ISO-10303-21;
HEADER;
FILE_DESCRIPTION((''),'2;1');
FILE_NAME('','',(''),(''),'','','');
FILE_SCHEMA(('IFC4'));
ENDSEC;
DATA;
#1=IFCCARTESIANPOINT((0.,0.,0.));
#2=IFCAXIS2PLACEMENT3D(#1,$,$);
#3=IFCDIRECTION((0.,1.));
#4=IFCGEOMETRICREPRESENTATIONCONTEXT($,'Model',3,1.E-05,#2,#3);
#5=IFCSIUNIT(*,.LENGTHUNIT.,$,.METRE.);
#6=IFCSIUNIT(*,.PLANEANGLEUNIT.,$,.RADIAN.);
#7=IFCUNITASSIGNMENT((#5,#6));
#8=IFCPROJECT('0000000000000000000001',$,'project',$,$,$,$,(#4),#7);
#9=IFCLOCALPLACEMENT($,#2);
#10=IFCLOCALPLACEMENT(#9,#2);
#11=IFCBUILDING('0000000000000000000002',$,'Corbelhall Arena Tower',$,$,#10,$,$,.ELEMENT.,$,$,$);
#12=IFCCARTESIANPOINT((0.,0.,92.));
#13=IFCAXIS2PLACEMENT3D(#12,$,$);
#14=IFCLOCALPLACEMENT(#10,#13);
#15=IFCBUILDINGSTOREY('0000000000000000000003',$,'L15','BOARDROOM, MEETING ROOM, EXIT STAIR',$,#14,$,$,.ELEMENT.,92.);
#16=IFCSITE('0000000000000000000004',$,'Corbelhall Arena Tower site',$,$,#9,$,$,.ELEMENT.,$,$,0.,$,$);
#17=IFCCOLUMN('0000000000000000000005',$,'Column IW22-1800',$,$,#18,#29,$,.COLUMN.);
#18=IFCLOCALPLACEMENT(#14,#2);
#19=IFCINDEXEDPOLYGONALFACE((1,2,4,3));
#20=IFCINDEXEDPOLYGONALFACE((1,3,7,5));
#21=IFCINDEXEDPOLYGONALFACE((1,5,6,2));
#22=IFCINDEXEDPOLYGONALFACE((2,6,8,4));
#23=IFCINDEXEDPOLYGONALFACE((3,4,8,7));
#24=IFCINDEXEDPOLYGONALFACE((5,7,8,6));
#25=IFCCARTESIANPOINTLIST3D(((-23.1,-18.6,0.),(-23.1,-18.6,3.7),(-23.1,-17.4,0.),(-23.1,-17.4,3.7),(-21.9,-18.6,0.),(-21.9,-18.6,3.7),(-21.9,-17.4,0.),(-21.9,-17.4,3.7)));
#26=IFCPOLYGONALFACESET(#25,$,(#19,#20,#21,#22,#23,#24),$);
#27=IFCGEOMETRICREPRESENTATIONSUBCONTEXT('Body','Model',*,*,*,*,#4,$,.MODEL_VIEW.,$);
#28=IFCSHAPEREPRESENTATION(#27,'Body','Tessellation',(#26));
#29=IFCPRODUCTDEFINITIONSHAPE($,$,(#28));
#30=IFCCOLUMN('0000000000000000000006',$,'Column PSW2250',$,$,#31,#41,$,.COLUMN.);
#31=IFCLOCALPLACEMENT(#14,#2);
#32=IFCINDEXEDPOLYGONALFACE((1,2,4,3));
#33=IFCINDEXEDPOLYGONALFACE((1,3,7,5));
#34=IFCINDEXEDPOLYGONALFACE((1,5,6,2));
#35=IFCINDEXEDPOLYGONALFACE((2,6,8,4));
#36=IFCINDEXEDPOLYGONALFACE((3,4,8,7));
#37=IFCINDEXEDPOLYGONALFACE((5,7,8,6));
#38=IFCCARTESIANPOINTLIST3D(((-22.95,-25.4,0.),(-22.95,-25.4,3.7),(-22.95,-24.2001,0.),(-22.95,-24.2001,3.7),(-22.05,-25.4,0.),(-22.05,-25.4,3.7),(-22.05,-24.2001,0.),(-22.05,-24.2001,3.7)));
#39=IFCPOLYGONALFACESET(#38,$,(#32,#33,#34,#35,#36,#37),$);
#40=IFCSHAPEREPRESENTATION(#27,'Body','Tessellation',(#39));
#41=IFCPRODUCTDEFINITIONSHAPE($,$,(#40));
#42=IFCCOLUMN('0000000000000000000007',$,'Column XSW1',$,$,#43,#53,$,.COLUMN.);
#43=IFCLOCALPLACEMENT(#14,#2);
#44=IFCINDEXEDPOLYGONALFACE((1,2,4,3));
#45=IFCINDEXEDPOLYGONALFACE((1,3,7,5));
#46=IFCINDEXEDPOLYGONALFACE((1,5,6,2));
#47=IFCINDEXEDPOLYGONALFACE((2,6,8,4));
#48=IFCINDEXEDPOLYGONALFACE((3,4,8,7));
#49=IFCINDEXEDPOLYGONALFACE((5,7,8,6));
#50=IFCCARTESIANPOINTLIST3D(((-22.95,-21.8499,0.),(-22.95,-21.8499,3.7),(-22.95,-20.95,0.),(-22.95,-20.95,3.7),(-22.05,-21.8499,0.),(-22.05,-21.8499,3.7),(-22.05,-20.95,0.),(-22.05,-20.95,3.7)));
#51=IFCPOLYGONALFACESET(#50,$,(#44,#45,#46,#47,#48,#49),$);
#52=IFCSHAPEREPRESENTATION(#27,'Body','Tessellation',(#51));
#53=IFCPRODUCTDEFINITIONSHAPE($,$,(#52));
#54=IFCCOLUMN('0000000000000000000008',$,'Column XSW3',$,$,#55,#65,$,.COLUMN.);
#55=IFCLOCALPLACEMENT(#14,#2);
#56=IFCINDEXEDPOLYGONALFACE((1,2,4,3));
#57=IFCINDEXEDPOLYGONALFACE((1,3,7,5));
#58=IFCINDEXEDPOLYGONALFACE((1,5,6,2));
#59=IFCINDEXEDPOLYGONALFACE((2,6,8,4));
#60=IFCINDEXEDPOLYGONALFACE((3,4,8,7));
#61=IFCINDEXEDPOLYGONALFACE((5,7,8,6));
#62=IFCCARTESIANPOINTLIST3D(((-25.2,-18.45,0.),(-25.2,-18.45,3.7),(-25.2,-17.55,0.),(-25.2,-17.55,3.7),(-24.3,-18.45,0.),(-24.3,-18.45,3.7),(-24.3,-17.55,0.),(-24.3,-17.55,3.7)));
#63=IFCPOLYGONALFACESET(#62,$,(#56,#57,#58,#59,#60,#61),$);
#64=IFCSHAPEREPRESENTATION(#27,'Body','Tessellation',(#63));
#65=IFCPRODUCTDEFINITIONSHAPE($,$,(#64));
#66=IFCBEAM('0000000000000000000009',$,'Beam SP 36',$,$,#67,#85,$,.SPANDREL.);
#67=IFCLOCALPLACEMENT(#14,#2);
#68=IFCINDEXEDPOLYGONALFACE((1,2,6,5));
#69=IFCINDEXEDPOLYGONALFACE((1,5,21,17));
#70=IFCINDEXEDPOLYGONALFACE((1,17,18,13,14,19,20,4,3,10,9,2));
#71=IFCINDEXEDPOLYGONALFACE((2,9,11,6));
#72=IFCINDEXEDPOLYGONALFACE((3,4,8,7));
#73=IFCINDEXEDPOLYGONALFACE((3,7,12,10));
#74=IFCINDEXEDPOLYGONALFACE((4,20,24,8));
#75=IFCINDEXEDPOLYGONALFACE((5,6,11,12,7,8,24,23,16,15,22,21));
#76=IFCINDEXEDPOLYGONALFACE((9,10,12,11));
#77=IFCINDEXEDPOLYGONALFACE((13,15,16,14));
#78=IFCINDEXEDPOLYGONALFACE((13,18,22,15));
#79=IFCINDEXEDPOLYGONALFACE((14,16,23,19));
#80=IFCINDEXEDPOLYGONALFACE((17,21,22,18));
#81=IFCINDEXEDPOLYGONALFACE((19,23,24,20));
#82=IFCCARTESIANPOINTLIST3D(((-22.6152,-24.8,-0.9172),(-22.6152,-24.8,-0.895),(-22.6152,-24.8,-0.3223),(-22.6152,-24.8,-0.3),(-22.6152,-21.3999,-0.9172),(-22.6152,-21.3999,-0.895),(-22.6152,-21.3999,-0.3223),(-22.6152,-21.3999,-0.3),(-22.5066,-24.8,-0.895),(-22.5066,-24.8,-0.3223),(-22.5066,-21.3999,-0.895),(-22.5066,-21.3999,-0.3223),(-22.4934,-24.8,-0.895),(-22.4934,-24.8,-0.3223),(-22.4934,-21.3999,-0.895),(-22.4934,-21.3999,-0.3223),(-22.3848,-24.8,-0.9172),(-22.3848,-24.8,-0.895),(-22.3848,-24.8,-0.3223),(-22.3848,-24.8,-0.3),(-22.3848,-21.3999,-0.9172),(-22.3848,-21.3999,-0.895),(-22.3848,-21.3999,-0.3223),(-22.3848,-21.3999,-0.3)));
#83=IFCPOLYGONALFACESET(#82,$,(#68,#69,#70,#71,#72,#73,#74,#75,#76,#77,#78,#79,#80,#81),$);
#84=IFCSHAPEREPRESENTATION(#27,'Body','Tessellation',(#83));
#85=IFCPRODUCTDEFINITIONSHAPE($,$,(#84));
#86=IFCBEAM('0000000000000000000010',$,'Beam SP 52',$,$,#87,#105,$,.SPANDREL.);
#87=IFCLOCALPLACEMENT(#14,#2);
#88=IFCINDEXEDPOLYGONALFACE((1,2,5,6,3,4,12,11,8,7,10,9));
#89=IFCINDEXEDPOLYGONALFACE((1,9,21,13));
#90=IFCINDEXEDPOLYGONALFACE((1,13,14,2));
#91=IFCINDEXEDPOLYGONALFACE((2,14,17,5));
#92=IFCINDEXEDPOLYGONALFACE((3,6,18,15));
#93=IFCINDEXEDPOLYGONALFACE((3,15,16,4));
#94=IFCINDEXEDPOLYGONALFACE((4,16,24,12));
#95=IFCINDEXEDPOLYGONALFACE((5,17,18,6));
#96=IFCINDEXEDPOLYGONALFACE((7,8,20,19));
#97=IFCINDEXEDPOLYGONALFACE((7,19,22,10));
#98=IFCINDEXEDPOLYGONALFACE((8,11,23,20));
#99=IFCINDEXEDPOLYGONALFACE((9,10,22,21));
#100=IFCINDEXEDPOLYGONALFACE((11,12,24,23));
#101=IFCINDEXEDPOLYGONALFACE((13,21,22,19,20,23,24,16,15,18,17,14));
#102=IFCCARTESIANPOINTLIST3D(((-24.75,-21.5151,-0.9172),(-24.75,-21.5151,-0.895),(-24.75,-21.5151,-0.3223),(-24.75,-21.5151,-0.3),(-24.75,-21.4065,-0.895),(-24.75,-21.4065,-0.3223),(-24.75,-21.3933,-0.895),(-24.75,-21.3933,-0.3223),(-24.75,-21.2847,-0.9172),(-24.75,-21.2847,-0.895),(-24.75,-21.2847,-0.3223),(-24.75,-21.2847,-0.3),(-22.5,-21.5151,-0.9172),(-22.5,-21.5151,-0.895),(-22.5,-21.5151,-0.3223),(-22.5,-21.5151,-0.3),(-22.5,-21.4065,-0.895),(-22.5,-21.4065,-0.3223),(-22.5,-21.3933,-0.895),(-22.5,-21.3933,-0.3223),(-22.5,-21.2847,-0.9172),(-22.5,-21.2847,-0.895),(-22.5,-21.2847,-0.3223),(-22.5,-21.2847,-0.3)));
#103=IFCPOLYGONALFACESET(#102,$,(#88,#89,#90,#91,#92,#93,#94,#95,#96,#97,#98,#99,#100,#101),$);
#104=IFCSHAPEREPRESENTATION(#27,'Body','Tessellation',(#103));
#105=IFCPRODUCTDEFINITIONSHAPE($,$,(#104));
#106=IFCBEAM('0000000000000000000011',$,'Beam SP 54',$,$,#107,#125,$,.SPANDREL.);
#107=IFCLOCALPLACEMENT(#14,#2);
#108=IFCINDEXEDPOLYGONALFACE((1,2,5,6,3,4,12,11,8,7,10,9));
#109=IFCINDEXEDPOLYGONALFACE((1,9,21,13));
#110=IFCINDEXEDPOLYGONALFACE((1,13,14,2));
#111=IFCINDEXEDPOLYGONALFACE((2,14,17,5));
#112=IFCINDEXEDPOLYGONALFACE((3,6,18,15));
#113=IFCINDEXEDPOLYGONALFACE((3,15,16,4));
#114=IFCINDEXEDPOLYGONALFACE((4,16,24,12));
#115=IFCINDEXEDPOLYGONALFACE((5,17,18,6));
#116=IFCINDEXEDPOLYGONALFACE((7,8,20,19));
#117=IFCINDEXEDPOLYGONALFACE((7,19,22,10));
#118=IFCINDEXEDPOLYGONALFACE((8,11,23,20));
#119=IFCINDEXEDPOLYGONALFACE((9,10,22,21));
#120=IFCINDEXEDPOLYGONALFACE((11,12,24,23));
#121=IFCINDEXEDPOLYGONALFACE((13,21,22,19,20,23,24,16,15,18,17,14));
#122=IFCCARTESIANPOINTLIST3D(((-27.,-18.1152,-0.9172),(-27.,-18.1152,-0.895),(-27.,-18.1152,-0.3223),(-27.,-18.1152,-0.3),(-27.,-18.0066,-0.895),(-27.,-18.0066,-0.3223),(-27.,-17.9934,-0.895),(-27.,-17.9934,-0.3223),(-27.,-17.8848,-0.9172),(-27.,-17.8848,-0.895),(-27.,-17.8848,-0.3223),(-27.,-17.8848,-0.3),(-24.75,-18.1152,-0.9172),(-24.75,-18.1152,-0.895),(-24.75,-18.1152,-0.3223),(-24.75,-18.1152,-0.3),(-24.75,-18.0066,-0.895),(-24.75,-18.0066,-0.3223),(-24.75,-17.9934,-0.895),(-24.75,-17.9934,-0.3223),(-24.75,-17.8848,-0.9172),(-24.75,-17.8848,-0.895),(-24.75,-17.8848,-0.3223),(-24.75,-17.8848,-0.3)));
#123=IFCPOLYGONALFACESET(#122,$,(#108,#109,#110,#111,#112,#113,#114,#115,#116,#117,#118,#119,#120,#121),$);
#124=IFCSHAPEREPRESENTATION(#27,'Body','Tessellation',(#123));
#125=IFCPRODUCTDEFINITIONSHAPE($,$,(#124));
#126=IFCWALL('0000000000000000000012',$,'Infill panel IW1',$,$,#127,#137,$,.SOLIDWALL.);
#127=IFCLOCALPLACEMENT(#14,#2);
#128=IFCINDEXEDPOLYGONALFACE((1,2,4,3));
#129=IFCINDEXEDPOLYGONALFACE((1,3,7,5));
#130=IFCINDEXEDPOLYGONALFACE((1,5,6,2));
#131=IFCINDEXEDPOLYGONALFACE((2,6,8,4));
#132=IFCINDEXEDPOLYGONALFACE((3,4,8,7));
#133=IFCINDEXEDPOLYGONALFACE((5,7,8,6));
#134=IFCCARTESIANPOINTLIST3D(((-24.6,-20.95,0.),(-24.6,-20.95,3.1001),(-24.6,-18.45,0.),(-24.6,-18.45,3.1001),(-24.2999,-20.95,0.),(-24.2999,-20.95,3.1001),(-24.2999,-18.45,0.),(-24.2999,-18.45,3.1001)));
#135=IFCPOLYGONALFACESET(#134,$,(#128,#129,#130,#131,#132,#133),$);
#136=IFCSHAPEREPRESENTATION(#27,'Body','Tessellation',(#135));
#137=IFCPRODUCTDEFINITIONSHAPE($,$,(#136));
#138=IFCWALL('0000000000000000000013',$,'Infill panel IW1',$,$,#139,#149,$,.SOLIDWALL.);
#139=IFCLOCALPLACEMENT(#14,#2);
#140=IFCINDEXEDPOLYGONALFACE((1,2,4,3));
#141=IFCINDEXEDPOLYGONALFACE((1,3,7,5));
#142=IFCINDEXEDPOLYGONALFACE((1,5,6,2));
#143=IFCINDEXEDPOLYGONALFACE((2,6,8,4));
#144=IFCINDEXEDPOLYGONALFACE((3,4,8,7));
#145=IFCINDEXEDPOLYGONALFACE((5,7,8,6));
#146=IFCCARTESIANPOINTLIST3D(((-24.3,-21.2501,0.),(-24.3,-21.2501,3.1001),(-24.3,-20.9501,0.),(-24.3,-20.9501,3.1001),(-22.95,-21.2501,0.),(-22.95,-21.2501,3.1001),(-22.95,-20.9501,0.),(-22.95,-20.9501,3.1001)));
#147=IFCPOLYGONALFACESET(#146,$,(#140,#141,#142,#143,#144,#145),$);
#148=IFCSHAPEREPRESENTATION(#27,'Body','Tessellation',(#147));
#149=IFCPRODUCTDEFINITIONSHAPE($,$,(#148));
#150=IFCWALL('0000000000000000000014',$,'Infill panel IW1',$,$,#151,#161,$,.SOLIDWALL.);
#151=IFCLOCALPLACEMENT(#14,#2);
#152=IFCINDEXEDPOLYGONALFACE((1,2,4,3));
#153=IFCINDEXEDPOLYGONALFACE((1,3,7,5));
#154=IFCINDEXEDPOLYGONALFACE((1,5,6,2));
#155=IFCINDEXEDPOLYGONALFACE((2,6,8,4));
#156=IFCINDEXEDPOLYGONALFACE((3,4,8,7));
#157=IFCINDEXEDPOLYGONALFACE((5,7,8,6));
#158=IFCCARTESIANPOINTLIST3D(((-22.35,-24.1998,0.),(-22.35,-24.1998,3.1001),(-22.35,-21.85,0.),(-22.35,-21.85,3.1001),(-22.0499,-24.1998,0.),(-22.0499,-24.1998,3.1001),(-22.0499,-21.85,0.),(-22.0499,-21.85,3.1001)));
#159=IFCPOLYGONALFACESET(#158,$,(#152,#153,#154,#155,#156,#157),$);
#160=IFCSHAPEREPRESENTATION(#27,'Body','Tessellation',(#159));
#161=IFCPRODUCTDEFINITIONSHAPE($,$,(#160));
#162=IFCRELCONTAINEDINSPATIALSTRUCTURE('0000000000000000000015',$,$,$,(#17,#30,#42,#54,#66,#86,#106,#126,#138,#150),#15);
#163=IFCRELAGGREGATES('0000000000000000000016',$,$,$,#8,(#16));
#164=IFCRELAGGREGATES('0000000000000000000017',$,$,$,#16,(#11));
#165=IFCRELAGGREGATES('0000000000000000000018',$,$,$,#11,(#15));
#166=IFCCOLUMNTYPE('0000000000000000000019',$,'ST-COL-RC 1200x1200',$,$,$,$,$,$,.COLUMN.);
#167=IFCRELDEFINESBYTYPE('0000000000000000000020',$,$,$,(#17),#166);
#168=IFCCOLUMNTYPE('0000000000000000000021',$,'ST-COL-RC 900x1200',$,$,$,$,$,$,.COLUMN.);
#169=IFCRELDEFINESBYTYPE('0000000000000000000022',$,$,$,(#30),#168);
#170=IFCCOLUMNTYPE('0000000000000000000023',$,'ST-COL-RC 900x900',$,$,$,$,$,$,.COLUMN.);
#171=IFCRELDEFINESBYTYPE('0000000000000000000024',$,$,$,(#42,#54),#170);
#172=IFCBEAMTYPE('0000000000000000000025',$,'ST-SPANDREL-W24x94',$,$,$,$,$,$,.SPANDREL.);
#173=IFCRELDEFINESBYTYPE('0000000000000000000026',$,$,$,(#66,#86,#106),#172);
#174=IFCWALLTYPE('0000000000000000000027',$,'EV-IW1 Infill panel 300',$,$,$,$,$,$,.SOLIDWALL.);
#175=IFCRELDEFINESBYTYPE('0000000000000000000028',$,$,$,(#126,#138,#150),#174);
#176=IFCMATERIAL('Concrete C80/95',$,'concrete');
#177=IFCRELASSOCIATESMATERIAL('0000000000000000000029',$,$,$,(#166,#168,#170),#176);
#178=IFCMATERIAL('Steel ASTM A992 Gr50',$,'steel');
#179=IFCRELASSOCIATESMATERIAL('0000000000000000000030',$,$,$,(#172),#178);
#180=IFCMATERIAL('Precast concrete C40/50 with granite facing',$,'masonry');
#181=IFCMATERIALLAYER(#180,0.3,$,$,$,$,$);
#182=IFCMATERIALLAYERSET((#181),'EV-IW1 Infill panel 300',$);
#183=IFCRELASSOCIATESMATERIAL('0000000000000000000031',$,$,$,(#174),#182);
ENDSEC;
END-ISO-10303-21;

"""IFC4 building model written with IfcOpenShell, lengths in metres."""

from ifc_helpers import new_model, si_unit, direction, frame, frame_2d, origin, origin_2d, place, context, subcontext, project, spatial, rectangle, i_section, extrude, material, layer, layer_set, material_profile, profile_set, type_object, element, save


model = new_model("IFC4")

# Units and contexts
model_context = context("Model", 3, precision=1e-05, world=origin(), true_north=direction((0.0, 1.0)))
body_context = subcontext(model_context, "Body", "Model", "MODEL_VIEW")
ifc_project = project(units=[si_unit("LENGTHUNIT", "METRE"), si_unit("PLANEANGLEUNIT", "RADIAN")], contexts=[model_context])

# Site, building, storey
site_placement = place(None, origin())
site = spatial("IfcSite", under=ifc_project, at=site_placement, Name="Corbelhall Arena Tower site", CompositionType="ELEMENT", RefElevation=0.0)
building_placement = place(site_placement, origin())
building = spatial("IfcBuilding", under=site, at=building_placement, Name="Corbelhall Arena Tower", CompositionType="ELEMENT")
storey_placement = place(building_placement, frame((0.0, 0.0, 92.0)))
storey = spatial("IfcBuildingStorey", under=building, at=storey_placement, Name="L15", Description="BOARDROOM, MEETING ROOM, EXIT STAIR", CompositionType="ELEMENT", Elevation=92.0)

# Columns
ifc_material_1 = material(Name="Concrete C80/95", Category="concrete")
ifc_material_profile_1 = material_profile(ifc_material_1, rectangle(XDim=1.2, YDim=1.2, at=origin_2d()))
ifc_profile_set_1 = profile_set([ifc_material_profile_1], Name="Concrete C80/95")
column_type_1 = type_object("IfcColumnType", Name="ST-COL-RC 1200x1200", PredefinedType="COLUMN", material=ifc_profile_set_1)
column_1_placement = place(storey_placement, frame((-22.5, -18.0, 0.0), z_axis=(0.0, 0.0, 1.0), x_axis=(1.0, 0.0, 0.0)))
element("IfcColumn", 1, at=column_1_placement, inside=storey, type_object=column_type_1, Name="Column IW22-1800", PredefinedType="COLUMN", context=body_context, shape_type="SweptSolid", body=[
    extrude(rectangle(XDim=1.2, YDim=1.2, at=origin_2d()), origin(), (0.0, 0.0, 1.0), 3.7),
])
ifc_material_profile_2 = material_profile(ifc_material_1, rectangle(XDim=0.8999, YDim=1.2, at=origin_2d()))
ifc_profile_set_2 = profile_set([ifc_material_profile_2], Name="Concrete C80/95")
column_type_2 = type_object("IfcColumnType", Name="ST-COL-RC 900x1200", PredefinedType="COLUMN", material=ifc_profile_set_2)
column_2_placement = place(storey_placement, frame((-22.5, -24.8, 0.0), z_axis=(0.0, 0.0, 1.0), x_axis=(1.0, 0.0, 0.0)))
element("IfcColumn", 2, at=column_2_placement, inside=storey, type_object=column_type_2, Name="Column PSW2250", PredefinedType="COLUMN", context=body_context, shape_type="SweptSolid", body=[
    extrude(rectangle(XDim=0.8999, YDim=1.2, at=origin_2d()), origin(), (0.0, 0.0, 1.0), 3.7),
])
ifc_material_profile_3 = material_profile(ifc_material_1, rectangle(XDim=0.8999, YDim=0.8999, at=origin_2d()))
ifc_profile_set_3 = profile_set([ifc_material_profile_3], Name="Concrete C80/95")
column_type_3 = type_object("IfcColumnType", Name="ST-COL-RC 900x900", PredefinedType="COLUMN", material=ifc_profile_set_3)
for number, where, z_axis, x_axis, name in (
    (3, (-22.5, -21.3999, 0.0), (0.0, 0.0, 1.0), (1.0, 0.0, 0.0), "Column XSW1"),
    (4, (-24.75, -18.0, 0.0), (0.0, 0.0, 1.0), (1.0, 0.0, 0.0), "Column XSW3"),
):
    element("IfcColumn", number, at=place(storey_placement, frame(where, z_axis=z_axis, x_axis=x_axis)), inside=storey, type_object=column_type_3, Name=name, PredefinedType="COLUMN", context=body_context, shape_type="SweptSolid", body=[
        extrude(rectangle(XDim=0.8999, YDim=0.8999, at=origin_2d()), origin(), (0.0, 0.0, 1.0), 3.7),
    ])

# Beams
ifc_material_2 = material(Name="Steel ASTM A992 Gr50", Category="steel")
ifc_material_profile_4 = material_profile(ifc_material_2, i_section(OverallWidth=0.2305, OverallDepth=0.6172, WebThickness=0.0132, FlangeThickness=0.0222, at=origin_2d()))
ifc_profile_set_4 = profile_set([ifc_material_profile_4], Name="Steel ASTM A992 Gr50")
beam_type = type_object("IfcBeamType", Name="ST-SPANDREL-W24x94", PredefinedType="SPANDREL", material=ifc_profile_set_4)
beam_placement = place(storey_placement, frame((-22.5, -24.8, -0.6086), z_axis=(0.0, 1.0, 0.0), x_axis=(-1.0, 0.0, 0.0)))
element("IfcBeam", 5, at=beam_placement, inside=storey, type_object=beam_type, Name="Beam SP 36", PredefinedType="SPANDREL", context=body_context, shape_type="SweptSolid", body=[
    extrude(i_section(OverallWidth=0.2305, OverallDepth=0.6172, WebThickness=0.0132, FlangeThickness=0.0222, at=origin_2d()), origin(), (0.0, 0.0, 1.0), 3.4001),
])
for number, where, z_axis, x_axis, name in (
    (6, (-22.5, -21.3999, -0.6086), (-1.0, 0.0, 0.0), (0.0, -1.0, 0.0), "Beam SP 52"),
    (7, (-24.75, -18.0, -0.6086), (-1.0, 0.0, 0.0), (0.0, -1.0, 0.0), "Beam SP 54"),
):
    element("IfcBeam", number, at=place(storey_placement, frame(where, z_axis=z_axis, x_axis=x_axis)), inside=storey, type_object=beam_type, Name=name, PredefinedType="SPANDREL", context=body_context, shape_type="SweptSolid", body=[
        extrude(i_section(OverallWidth=0.2305, OverallDepth=0.6172, WebThickness=0.0132, FlangeThickness=0.0222, at=origin_2d()), origin(), (0.0, 0.0, 1.0), 2.25),
    ])

# Walls
ifc_material_3 = material(Name="Precast concrete C40/50 with granite facing", Category="masonry")
ifc_layer_1 = layer(ifc_material_3, 0.3)
ifc_layer_set_1 = layer_set([ifc_layer_1], Name="EV-IW1 Infill panel 300")
wall_type_1 = type_object("IfcWallType", Name="EV-IW1 Infill panel 300", PredefinedType="SOLIDWALL", material=ifc_layer_set_1)
wall_1_placement = place(storey_placement, frame((-24.45, -18.45, 0.0), z_axis=(0.0, 0.0, 1.0), x_axis=(0.0, -1.0, 0.0)))
element("IfcWall", 8, at=wall_1_placement, inside=storey, type_object=wall_type_1, Name="Infill panel IW1", PredefinedType="SOLIDWALL", context=body_context, shape_type="SweptSolid", body=[
    extrude(rectangle(XDim=2.5, YDim=0.3, at=frame_2d((1.25, 0.0))), origin(), (0.0, 0.0, 1.0), 3.1001),
])
wall_2_placement = place(storey_placement, frame((-24.3, -21.1001, 0.0), z_axis=(0.0, 0.0, 1.0), x_axis=(1.0, 0.0, 0.0)))
element("IfcWall", 9, at=wall_2_placement, inside=storey, type_object=wall_type_1, Name="Infill panel IW1", PredefinedType="SOLIDWALL", context=body_context, shape_type="SweptSolid", body=[
    extrude(rectangle(XDim=1.3501, YDim=0.3, at=frame_2d((0.675, 0.0))), origin(), (0.0, 0.0, 1.0), 3.1001),
])
wall_3_placement = place(storey_placement, frame((-22.2, -21.8501, 0.0), z_axis=(0.0, 0.0, 1.0), x_axis=(0.0, -1.0, 0.0)))
element("IfcWall", 10, at=wall_3_placement, inside=storey, type_object=wall_type_1, Name="Infill panel IW1", PredefinedType="SOLIDWALL", context=body_context, shape_type="SweptSolid", body=[
    extrude(rectangle(XDim=2.3499, YDim=0.3, at=frame_2d((1.1748, 0.0))), origin(), (0.0, 0.0, 1.0), 3.1001),
])

save(model, "model.ifc")
